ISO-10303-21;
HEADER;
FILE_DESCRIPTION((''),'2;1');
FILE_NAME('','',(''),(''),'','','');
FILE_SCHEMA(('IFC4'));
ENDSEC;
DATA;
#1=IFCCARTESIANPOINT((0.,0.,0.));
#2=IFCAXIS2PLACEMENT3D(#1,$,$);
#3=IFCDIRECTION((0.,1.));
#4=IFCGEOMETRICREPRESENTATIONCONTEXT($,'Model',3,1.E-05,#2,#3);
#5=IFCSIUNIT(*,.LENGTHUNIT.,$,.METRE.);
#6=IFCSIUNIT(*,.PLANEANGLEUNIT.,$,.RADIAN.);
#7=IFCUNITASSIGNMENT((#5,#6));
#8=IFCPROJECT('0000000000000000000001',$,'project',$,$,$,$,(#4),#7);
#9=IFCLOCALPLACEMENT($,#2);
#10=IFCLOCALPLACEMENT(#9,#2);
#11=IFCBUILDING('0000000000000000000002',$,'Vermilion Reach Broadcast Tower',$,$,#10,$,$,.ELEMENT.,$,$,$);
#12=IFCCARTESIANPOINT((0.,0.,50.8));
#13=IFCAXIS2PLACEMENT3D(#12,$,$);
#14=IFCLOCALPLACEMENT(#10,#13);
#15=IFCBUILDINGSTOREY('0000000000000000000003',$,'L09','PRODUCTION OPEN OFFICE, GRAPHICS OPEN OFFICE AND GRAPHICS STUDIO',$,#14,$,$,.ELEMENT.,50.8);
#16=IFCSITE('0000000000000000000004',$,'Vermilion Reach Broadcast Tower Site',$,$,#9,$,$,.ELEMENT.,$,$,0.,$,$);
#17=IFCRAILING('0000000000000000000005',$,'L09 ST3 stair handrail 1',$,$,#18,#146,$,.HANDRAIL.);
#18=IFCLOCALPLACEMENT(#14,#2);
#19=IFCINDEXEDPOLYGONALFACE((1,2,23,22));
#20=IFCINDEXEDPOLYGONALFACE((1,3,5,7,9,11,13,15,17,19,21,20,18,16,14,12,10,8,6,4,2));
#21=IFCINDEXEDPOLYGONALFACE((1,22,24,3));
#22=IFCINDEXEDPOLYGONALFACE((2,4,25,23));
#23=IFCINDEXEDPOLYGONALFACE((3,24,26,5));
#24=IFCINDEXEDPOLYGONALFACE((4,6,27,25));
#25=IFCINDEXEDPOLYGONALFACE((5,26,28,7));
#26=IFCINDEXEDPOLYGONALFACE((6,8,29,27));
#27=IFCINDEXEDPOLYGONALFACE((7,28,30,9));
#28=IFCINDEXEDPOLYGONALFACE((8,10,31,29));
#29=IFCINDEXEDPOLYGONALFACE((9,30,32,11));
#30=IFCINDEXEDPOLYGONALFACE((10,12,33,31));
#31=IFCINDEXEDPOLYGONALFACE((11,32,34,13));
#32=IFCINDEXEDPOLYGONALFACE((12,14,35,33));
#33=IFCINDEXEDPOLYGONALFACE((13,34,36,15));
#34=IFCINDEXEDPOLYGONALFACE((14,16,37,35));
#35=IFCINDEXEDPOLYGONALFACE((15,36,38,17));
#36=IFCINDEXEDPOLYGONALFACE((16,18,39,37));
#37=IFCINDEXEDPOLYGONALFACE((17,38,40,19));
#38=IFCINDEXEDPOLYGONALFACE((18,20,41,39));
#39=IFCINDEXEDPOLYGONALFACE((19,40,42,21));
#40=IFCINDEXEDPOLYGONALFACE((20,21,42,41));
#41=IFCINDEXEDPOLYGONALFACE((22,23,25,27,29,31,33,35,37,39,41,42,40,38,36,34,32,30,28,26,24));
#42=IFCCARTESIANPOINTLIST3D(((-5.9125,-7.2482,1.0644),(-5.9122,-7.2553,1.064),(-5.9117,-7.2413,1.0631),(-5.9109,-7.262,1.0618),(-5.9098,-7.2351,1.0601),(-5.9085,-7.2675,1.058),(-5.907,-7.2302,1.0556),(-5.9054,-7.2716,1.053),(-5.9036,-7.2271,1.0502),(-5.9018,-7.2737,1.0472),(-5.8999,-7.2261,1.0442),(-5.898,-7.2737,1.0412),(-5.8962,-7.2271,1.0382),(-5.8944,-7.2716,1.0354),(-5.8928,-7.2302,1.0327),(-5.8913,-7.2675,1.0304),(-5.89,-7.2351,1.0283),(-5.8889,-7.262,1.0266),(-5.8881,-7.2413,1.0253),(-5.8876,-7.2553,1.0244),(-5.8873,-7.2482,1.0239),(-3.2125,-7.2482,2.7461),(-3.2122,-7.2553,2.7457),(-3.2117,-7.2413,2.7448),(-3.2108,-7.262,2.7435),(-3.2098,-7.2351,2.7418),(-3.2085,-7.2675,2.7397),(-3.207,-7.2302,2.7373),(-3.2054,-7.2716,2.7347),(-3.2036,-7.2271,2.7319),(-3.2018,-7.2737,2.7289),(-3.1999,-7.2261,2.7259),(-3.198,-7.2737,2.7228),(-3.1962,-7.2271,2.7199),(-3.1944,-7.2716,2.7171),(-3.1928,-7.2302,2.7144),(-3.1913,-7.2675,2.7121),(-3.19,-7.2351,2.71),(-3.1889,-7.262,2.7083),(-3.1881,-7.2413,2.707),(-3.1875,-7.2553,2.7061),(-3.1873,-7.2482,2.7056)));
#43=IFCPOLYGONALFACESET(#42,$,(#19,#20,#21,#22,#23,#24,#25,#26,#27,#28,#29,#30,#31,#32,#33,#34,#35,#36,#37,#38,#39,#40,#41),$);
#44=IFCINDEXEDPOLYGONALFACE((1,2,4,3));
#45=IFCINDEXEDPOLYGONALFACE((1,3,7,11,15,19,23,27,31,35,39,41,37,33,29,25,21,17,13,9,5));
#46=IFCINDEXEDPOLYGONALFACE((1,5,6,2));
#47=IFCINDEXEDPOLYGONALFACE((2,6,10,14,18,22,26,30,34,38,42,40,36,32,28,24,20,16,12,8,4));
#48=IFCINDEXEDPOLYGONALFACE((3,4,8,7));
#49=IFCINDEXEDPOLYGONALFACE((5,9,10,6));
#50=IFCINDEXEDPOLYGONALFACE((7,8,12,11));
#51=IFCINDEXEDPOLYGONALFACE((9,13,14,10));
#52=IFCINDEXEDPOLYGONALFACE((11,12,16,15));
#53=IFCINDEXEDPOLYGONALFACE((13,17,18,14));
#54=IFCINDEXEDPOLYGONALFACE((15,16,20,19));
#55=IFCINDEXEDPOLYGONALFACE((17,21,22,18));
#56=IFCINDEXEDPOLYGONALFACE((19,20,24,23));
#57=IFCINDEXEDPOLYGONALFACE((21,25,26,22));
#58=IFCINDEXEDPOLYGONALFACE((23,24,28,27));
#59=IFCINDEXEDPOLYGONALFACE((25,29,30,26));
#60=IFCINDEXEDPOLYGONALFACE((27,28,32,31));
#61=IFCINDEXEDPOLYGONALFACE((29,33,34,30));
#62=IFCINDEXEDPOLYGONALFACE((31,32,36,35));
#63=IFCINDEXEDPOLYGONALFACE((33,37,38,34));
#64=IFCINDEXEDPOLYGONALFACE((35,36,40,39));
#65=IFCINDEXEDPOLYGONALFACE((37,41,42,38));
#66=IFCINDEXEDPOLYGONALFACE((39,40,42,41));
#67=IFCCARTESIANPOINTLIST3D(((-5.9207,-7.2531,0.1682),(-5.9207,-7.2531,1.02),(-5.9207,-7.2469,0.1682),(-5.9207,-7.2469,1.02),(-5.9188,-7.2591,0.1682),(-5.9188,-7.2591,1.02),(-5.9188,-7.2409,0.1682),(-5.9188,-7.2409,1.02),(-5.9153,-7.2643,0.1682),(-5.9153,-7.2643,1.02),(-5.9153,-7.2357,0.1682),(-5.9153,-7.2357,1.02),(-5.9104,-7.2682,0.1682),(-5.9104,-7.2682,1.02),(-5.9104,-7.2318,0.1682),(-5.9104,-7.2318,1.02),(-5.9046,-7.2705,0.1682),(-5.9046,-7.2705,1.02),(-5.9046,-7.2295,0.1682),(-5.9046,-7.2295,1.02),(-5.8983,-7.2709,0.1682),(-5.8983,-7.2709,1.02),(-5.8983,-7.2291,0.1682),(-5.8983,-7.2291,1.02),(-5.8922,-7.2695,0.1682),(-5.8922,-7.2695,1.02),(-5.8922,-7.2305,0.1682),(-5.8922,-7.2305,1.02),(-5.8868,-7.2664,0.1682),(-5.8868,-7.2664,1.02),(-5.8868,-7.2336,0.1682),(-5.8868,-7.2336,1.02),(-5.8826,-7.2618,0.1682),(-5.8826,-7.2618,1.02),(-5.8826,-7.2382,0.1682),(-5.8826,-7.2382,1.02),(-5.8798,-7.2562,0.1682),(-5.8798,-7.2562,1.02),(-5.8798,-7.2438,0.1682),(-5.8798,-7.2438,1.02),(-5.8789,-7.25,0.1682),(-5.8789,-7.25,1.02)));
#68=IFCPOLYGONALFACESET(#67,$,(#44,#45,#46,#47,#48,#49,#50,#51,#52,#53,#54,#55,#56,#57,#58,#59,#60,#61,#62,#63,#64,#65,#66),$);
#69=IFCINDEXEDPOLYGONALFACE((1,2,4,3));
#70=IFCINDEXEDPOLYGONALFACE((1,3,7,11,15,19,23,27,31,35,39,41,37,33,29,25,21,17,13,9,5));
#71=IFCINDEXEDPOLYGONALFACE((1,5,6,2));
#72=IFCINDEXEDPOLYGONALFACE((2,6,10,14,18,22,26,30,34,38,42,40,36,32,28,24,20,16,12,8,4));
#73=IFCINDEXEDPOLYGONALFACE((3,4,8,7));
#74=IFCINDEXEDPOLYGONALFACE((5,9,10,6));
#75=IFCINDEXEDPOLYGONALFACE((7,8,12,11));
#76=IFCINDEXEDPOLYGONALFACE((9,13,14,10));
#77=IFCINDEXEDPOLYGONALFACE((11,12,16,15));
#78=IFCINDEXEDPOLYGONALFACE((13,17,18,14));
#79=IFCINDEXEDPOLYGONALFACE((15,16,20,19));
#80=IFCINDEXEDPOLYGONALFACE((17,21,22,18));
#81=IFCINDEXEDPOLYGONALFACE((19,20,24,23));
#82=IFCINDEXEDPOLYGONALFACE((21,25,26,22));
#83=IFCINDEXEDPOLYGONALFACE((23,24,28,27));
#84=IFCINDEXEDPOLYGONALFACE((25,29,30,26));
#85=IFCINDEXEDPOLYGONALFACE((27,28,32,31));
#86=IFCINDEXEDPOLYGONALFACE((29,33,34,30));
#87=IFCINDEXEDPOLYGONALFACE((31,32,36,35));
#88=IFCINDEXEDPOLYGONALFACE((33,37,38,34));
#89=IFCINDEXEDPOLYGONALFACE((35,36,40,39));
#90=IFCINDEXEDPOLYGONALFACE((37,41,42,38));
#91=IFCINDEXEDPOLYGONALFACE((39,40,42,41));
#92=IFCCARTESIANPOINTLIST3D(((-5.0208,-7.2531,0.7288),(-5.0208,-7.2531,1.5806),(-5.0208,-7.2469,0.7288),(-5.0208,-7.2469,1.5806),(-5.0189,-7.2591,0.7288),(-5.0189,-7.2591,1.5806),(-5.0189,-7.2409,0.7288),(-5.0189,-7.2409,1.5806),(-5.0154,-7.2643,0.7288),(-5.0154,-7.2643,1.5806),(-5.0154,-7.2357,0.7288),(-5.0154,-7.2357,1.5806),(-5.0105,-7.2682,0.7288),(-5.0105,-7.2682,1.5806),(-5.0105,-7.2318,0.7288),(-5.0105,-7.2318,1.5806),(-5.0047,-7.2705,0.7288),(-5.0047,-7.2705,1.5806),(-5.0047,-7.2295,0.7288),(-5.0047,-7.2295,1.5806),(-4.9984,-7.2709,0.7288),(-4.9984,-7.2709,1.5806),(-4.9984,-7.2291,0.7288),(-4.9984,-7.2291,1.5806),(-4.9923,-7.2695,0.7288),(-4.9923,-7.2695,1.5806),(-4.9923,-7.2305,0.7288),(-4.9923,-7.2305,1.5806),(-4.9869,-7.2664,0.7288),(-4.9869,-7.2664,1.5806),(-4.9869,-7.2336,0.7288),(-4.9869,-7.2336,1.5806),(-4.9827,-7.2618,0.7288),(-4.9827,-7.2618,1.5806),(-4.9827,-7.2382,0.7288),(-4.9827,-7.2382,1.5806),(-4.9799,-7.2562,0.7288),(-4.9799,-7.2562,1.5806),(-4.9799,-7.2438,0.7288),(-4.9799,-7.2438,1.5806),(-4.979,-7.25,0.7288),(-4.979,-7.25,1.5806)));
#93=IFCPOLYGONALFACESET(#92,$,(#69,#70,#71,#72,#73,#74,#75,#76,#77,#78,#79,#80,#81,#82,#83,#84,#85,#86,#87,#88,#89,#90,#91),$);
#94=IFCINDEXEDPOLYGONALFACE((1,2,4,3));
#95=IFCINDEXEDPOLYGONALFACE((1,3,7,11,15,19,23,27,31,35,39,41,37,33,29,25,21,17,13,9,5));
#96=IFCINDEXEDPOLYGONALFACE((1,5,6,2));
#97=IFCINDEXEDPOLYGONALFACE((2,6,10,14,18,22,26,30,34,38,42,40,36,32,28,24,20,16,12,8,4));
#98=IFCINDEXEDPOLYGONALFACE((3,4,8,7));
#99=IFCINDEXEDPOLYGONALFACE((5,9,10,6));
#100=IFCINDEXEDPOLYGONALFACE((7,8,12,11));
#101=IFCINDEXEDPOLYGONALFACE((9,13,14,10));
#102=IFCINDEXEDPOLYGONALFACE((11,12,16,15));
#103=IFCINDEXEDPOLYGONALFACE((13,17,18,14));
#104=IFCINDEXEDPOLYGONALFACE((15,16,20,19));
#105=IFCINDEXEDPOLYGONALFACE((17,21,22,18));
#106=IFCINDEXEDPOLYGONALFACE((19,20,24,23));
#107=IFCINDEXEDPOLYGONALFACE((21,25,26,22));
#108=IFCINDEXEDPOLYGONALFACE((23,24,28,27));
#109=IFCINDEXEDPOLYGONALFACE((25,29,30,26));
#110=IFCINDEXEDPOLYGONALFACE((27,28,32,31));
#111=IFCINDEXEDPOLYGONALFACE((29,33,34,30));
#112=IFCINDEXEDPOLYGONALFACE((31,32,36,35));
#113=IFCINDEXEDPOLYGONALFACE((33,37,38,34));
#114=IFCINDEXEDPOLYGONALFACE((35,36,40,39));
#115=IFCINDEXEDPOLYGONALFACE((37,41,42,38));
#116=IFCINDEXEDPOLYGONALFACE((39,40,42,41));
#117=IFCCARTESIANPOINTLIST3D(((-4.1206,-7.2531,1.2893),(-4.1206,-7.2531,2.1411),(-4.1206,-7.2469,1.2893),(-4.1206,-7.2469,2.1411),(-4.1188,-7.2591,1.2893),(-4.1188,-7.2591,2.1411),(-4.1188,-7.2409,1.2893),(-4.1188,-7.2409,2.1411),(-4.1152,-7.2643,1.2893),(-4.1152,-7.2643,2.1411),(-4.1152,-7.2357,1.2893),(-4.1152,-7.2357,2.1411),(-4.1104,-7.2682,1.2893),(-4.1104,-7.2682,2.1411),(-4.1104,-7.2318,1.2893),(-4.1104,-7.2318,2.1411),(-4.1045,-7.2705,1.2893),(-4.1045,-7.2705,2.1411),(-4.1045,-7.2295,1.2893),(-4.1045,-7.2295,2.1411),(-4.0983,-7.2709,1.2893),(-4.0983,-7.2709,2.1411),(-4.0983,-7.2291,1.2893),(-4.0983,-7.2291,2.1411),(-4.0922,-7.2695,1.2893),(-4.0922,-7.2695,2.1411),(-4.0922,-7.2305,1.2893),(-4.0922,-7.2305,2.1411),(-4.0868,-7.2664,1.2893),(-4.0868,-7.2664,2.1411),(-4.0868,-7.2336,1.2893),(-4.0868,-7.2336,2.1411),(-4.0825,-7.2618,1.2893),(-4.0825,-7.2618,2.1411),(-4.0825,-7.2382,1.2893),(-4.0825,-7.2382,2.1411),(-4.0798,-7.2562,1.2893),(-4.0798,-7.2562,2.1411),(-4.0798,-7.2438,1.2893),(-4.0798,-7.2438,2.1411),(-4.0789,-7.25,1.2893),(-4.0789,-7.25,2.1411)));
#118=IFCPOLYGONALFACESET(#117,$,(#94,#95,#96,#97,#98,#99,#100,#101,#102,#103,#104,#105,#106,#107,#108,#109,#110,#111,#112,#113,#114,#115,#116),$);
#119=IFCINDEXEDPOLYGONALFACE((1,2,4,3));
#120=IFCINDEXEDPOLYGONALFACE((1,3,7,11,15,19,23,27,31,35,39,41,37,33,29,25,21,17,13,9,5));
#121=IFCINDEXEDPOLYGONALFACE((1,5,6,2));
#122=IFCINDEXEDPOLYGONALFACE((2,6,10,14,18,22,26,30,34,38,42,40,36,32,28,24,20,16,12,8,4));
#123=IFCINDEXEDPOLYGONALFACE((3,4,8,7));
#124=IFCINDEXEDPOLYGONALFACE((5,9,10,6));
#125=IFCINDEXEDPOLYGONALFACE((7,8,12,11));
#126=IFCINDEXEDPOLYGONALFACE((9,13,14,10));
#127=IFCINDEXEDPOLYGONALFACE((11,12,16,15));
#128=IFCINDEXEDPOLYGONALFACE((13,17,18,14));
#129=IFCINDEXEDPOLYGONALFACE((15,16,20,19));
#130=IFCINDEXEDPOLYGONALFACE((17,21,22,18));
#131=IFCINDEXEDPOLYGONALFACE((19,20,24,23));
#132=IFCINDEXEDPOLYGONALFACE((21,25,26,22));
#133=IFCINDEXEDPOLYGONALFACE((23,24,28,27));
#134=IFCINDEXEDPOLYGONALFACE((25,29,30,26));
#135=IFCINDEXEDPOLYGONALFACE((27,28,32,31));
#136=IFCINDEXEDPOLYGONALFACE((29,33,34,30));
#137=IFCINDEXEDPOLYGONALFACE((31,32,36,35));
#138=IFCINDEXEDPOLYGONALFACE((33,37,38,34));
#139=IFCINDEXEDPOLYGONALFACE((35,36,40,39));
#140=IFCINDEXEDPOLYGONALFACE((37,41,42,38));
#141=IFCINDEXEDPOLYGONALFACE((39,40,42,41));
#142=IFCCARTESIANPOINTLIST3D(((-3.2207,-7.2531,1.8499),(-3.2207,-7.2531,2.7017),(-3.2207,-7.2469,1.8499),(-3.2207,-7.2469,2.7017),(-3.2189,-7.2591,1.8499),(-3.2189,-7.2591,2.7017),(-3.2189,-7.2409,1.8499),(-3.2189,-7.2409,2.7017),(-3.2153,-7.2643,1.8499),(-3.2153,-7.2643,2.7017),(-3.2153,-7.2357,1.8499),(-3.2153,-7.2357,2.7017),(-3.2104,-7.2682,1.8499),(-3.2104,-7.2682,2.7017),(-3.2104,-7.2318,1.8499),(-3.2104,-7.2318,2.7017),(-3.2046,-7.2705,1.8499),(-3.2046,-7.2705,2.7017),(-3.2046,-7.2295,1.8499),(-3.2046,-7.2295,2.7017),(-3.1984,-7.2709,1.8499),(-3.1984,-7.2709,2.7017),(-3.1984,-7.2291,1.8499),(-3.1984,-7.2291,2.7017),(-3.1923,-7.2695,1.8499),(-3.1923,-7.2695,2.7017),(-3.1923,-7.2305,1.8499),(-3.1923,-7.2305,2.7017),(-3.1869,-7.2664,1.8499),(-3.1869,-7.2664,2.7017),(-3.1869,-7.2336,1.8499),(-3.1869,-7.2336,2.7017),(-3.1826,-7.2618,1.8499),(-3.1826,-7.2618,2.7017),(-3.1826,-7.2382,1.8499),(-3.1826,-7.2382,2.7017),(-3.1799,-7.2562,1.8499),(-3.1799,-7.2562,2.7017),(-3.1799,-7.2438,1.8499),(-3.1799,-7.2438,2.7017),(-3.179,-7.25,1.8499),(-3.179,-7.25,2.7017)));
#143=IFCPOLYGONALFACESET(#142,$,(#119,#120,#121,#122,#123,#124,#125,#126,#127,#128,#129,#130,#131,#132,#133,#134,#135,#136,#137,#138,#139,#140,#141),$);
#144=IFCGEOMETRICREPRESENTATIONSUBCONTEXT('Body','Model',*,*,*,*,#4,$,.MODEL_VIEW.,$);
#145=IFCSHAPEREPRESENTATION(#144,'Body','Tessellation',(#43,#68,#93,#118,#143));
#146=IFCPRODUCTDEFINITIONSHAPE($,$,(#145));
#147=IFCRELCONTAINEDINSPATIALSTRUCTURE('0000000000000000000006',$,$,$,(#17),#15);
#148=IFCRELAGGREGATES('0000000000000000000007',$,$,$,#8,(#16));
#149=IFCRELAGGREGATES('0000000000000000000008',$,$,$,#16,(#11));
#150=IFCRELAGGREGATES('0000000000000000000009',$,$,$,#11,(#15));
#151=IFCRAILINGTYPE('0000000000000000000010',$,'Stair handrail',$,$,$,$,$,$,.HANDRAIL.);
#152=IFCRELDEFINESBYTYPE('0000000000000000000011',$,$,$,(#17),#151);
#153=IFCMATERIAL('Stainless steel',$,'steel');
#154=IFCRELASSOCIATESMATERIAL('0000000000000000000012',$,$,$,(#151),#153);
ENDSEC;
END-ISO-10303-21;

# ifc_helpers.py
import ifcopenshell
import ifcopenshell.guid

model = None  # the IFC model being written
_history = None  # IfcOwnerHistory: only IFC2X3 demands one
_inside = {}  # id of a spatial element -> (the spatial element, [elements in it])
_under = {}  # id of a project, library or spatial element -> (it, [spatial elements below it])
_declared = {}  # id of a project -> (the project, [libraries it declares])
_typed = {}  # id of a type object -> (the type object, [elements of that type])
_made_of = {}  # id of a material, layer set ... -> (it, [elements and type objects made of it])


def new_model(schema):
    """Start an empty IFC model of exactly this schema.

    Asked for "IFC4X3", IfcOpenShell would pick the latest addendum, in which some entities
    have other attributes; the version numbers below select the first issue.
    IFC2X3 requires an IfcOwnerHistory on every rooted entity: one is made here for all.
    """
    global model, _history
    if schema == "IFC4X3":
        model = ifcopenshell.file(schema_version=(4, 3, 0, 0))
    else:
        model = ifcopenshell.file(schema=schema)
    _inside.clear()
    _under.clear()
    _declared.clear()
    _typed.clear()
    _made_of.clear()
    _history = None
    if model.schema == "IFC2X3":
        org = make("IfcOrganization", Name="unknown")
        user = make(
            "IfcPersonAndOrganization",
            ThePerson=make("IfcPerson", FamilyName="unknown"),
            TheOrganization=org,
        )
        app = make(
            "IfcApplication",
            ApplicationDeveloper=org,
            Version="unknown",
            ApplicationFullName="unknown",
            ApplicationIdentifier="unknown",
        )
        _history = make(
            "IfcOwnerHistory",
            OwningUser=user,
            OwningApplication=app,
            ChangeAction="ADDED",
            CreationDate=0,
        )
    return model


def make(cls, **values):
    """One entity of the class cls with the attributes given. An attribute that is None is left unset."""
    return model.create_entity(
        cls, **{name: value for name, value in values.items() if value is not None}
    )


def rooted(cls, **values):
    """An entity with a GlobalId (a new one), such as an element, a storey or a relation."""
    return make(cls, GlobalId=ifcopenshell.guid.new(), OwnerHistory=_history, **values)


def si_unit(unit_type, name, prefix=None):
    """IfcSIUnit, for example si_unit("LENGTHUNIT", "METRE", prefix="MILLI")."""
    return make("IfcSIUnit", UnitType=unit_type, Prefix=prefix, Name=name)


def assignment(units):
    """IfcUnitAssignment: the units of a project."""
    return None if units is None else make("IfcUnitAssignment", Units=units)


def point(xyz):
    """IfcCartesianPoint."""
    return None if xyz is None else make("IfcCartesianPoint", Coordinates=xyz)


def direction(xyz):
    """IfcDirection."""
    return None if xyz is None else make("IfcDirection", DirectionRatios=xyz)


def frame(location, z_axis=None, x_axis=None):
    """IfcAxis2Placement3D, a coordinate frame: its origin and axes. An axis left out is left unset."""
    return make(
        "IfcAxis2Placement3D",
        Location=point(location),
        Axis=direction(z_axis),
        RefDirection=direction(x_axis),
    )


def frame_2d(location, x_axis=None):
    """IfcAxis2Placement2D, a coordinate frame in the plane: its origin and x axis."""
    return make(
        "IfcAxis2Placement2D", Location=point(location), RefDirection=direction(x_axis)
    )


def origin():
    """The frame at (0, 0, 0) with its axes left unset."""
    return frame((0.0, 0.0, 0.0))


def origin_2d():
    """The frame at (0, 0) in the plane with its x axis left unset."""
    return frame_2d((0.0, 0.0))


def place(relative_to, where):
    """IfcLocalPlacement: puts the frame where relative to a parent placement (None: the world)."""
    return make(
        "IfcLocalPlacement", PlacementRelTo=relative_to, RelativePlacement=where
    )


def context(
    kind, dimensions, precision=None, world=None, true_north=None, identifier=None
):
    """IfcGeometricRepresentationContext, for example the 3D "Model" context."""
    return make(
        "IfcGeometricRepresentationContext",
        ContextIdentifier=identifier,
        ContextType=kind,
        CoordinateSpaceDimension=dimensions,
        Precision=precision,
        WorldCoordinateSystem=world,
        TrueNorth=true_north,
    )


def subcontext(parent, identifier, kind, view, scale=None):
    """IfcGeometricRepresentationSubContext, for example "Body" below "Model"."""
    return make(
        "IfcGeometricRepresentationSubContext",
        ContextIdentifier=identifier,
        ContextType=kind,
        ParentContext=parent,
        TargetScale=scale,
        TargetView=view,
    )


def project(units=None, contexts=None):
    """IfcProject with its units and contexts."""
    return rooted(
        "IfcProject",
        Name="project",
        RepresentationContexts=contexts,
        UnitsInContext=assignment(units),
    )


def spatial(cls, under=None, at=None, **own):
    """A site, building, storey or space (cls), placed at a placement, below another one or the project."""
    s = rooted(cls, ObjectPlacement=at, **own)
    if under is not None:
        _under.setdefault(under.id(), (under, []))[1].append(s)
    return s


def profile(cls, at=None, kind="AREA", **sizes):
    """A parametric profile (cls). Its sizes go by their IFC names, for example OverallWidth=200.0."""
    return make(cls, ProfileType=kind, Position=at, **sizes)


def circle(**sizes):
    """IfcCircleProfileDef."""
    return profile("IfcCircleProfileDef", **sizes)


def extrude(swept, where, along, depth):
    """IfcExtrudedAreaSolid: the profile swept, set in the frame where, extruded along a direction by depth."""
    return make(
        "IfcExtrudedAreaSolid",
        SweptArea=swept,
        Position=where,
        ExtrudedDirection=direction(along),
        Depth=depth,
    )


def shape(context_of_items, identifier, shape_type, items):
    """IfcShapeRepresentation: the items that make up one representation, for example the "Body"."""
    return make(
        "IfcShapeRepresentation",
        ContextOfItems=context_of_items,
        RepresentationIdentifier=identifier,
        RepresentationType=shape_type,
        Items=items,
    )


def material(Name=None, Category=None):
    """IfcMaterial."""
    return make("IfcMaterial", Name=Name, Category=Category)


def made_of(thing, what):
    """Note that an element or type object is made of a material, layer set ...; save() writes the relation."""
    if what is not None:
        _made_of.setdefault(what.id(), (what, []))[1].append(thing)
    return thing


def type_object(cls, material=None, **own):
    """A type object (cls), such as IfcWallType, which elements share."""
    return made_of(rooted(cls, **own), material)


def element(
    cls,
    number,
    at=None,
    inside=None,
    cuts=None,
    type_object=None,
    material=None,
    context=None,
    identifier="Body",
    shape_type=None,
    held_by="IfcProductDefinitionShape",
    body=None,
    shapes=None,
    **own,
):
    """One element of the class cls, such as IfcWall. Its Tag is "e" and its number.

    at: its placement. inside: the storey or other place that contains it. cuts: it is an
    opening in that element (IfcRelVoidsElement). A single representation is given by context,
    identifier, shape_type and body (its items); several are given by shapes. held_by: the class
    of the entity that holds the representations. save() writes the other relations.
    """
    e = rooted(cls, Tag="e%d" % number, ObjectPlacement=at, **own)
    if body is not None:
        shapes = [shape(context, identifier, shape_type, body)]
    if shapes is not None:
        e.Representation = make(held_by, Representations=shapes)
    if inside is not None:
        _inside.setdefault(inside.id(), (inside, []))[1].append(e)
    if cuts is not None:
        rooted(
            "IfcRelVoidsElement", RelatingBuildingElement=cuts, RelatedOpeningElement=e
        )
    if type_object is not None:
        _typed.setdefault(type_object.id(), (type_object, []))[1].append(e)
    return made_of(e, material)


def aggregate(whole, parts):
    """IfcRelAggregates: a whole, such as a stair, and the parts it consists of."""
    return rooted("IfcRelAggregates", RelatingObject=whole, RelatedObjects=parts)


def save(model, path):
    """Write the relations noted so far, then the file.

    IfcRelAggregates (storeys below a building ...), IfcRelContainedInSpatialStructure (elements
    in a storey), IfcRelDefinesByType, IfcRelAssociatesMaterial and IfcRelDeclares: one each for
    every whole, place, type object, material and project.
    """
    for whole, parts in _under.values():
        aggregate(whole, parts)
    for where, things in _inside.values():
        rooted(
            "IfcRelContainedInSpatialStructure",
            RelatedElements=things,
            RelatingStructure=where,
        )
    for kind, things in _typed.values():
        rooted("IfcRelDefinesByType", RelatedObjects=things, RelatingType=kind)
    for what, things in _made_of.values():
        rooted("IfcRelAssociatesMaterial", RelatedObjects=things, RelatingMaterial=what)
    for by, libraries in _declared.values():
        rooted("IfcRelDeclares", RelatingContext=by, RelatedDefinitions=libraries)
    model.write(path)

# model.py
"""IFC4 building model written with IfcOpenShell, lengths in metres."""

from ifc_helpers import new_model, si_unit, direction, frame, origin, origin_2d, place, context, subcontext, project, spatial, circle, extrude, material, type_object, element, save


model = new_model("IFC4")

# Units and contexts
model_context = context("Model", 3, precision=1e-05, world=origin(), true_north=direction((0.0, 1.0)))
body_context = subcontext(model_context, "Body", "Model", "MODEL_VIEW")
ifc_project = project(units=[si_unit("LENGTHUNIT", "METRE"), si_unit("PLANEANGLEUNIT", "RADIAN")], contexts=[model_context])

# Site, building, storey
site_placement = place(None, origin())
site = spatial("IfcSite", under=ifc_project, at=site_placement, Name="Vermilion Reach Broadcast Tower Site", CompositionType="ELEMENT", RefElevation=0.0)
building_placement = place(site_placement, origin())
building = spatial("IfcBuilding", under=site, at=building_placement, Name="Vermilion Reach Broadcast Tower", CompositionType="ELEMENT")
storey_placement = place(building_placement, frame((0.0, 0.0, 50.8)))
storey = spatial("IfcBuildingStorey", under=building, at=storey_placement, Name="L09", Description="PRODUCTION OPEN OFFICE, GRAPHICS OPEN OFFICE AND GRAPHICS STUDIO", CompositionType="ELEMENT", Elevation=50.8)

# Railing
ifc_material_1 = material(Name="Stainless steel", Category="steel")
railing_type_1 = type_object("IfcRailingType", Name="Stair handrail", PredefinedType="HANDRAIL", material=ifc_material_1)
railing_1_placement = place(storey_placement, frame((-5.8999, -7.25, 0.1682)))
element("IfcRailing", 1, at=railing_1_placement, inside=storey, type_object=railing_type_1, Name="L09 ST3 stair handrail 1", PredefinedType="HANDRAIL", context=body_context, shape_type="SweptSolid", body=[
    extrude(circle(Radius=0.0239, at=origin_2d()), frame((0.0, 0.0, 0.876), z_axis=(0.848821, 0.0, 0.528681), x_axis=(0.0, 1.0, 0.0)), (0.0, 0.0, 1.0), 3.1809),
    extrude(circle(Radius=0.021, at=origin_2d()), origin(), (0.0, 0.0, 1.0), 0.8518),
    extrude(circle(Radius=0.021, at=origin_2d()), frame((0.8999, 0.0, 0.5605)), (0.0, 0.0, 1.0), 0.8518),
    extrude(circle(Radius=0.021, at=origin_2d()), frame((1.8, 0.0, 1.1211)), (0.0, 0.0, 1.0), 0.8518),
    extrude(circle(Radius=0.021, at=origin_2d()), frame((2.7, 0.0, 1.6816)), (0.0, 0.0, 1.0), 0.8518),
])

save(model, "model.ifc")
